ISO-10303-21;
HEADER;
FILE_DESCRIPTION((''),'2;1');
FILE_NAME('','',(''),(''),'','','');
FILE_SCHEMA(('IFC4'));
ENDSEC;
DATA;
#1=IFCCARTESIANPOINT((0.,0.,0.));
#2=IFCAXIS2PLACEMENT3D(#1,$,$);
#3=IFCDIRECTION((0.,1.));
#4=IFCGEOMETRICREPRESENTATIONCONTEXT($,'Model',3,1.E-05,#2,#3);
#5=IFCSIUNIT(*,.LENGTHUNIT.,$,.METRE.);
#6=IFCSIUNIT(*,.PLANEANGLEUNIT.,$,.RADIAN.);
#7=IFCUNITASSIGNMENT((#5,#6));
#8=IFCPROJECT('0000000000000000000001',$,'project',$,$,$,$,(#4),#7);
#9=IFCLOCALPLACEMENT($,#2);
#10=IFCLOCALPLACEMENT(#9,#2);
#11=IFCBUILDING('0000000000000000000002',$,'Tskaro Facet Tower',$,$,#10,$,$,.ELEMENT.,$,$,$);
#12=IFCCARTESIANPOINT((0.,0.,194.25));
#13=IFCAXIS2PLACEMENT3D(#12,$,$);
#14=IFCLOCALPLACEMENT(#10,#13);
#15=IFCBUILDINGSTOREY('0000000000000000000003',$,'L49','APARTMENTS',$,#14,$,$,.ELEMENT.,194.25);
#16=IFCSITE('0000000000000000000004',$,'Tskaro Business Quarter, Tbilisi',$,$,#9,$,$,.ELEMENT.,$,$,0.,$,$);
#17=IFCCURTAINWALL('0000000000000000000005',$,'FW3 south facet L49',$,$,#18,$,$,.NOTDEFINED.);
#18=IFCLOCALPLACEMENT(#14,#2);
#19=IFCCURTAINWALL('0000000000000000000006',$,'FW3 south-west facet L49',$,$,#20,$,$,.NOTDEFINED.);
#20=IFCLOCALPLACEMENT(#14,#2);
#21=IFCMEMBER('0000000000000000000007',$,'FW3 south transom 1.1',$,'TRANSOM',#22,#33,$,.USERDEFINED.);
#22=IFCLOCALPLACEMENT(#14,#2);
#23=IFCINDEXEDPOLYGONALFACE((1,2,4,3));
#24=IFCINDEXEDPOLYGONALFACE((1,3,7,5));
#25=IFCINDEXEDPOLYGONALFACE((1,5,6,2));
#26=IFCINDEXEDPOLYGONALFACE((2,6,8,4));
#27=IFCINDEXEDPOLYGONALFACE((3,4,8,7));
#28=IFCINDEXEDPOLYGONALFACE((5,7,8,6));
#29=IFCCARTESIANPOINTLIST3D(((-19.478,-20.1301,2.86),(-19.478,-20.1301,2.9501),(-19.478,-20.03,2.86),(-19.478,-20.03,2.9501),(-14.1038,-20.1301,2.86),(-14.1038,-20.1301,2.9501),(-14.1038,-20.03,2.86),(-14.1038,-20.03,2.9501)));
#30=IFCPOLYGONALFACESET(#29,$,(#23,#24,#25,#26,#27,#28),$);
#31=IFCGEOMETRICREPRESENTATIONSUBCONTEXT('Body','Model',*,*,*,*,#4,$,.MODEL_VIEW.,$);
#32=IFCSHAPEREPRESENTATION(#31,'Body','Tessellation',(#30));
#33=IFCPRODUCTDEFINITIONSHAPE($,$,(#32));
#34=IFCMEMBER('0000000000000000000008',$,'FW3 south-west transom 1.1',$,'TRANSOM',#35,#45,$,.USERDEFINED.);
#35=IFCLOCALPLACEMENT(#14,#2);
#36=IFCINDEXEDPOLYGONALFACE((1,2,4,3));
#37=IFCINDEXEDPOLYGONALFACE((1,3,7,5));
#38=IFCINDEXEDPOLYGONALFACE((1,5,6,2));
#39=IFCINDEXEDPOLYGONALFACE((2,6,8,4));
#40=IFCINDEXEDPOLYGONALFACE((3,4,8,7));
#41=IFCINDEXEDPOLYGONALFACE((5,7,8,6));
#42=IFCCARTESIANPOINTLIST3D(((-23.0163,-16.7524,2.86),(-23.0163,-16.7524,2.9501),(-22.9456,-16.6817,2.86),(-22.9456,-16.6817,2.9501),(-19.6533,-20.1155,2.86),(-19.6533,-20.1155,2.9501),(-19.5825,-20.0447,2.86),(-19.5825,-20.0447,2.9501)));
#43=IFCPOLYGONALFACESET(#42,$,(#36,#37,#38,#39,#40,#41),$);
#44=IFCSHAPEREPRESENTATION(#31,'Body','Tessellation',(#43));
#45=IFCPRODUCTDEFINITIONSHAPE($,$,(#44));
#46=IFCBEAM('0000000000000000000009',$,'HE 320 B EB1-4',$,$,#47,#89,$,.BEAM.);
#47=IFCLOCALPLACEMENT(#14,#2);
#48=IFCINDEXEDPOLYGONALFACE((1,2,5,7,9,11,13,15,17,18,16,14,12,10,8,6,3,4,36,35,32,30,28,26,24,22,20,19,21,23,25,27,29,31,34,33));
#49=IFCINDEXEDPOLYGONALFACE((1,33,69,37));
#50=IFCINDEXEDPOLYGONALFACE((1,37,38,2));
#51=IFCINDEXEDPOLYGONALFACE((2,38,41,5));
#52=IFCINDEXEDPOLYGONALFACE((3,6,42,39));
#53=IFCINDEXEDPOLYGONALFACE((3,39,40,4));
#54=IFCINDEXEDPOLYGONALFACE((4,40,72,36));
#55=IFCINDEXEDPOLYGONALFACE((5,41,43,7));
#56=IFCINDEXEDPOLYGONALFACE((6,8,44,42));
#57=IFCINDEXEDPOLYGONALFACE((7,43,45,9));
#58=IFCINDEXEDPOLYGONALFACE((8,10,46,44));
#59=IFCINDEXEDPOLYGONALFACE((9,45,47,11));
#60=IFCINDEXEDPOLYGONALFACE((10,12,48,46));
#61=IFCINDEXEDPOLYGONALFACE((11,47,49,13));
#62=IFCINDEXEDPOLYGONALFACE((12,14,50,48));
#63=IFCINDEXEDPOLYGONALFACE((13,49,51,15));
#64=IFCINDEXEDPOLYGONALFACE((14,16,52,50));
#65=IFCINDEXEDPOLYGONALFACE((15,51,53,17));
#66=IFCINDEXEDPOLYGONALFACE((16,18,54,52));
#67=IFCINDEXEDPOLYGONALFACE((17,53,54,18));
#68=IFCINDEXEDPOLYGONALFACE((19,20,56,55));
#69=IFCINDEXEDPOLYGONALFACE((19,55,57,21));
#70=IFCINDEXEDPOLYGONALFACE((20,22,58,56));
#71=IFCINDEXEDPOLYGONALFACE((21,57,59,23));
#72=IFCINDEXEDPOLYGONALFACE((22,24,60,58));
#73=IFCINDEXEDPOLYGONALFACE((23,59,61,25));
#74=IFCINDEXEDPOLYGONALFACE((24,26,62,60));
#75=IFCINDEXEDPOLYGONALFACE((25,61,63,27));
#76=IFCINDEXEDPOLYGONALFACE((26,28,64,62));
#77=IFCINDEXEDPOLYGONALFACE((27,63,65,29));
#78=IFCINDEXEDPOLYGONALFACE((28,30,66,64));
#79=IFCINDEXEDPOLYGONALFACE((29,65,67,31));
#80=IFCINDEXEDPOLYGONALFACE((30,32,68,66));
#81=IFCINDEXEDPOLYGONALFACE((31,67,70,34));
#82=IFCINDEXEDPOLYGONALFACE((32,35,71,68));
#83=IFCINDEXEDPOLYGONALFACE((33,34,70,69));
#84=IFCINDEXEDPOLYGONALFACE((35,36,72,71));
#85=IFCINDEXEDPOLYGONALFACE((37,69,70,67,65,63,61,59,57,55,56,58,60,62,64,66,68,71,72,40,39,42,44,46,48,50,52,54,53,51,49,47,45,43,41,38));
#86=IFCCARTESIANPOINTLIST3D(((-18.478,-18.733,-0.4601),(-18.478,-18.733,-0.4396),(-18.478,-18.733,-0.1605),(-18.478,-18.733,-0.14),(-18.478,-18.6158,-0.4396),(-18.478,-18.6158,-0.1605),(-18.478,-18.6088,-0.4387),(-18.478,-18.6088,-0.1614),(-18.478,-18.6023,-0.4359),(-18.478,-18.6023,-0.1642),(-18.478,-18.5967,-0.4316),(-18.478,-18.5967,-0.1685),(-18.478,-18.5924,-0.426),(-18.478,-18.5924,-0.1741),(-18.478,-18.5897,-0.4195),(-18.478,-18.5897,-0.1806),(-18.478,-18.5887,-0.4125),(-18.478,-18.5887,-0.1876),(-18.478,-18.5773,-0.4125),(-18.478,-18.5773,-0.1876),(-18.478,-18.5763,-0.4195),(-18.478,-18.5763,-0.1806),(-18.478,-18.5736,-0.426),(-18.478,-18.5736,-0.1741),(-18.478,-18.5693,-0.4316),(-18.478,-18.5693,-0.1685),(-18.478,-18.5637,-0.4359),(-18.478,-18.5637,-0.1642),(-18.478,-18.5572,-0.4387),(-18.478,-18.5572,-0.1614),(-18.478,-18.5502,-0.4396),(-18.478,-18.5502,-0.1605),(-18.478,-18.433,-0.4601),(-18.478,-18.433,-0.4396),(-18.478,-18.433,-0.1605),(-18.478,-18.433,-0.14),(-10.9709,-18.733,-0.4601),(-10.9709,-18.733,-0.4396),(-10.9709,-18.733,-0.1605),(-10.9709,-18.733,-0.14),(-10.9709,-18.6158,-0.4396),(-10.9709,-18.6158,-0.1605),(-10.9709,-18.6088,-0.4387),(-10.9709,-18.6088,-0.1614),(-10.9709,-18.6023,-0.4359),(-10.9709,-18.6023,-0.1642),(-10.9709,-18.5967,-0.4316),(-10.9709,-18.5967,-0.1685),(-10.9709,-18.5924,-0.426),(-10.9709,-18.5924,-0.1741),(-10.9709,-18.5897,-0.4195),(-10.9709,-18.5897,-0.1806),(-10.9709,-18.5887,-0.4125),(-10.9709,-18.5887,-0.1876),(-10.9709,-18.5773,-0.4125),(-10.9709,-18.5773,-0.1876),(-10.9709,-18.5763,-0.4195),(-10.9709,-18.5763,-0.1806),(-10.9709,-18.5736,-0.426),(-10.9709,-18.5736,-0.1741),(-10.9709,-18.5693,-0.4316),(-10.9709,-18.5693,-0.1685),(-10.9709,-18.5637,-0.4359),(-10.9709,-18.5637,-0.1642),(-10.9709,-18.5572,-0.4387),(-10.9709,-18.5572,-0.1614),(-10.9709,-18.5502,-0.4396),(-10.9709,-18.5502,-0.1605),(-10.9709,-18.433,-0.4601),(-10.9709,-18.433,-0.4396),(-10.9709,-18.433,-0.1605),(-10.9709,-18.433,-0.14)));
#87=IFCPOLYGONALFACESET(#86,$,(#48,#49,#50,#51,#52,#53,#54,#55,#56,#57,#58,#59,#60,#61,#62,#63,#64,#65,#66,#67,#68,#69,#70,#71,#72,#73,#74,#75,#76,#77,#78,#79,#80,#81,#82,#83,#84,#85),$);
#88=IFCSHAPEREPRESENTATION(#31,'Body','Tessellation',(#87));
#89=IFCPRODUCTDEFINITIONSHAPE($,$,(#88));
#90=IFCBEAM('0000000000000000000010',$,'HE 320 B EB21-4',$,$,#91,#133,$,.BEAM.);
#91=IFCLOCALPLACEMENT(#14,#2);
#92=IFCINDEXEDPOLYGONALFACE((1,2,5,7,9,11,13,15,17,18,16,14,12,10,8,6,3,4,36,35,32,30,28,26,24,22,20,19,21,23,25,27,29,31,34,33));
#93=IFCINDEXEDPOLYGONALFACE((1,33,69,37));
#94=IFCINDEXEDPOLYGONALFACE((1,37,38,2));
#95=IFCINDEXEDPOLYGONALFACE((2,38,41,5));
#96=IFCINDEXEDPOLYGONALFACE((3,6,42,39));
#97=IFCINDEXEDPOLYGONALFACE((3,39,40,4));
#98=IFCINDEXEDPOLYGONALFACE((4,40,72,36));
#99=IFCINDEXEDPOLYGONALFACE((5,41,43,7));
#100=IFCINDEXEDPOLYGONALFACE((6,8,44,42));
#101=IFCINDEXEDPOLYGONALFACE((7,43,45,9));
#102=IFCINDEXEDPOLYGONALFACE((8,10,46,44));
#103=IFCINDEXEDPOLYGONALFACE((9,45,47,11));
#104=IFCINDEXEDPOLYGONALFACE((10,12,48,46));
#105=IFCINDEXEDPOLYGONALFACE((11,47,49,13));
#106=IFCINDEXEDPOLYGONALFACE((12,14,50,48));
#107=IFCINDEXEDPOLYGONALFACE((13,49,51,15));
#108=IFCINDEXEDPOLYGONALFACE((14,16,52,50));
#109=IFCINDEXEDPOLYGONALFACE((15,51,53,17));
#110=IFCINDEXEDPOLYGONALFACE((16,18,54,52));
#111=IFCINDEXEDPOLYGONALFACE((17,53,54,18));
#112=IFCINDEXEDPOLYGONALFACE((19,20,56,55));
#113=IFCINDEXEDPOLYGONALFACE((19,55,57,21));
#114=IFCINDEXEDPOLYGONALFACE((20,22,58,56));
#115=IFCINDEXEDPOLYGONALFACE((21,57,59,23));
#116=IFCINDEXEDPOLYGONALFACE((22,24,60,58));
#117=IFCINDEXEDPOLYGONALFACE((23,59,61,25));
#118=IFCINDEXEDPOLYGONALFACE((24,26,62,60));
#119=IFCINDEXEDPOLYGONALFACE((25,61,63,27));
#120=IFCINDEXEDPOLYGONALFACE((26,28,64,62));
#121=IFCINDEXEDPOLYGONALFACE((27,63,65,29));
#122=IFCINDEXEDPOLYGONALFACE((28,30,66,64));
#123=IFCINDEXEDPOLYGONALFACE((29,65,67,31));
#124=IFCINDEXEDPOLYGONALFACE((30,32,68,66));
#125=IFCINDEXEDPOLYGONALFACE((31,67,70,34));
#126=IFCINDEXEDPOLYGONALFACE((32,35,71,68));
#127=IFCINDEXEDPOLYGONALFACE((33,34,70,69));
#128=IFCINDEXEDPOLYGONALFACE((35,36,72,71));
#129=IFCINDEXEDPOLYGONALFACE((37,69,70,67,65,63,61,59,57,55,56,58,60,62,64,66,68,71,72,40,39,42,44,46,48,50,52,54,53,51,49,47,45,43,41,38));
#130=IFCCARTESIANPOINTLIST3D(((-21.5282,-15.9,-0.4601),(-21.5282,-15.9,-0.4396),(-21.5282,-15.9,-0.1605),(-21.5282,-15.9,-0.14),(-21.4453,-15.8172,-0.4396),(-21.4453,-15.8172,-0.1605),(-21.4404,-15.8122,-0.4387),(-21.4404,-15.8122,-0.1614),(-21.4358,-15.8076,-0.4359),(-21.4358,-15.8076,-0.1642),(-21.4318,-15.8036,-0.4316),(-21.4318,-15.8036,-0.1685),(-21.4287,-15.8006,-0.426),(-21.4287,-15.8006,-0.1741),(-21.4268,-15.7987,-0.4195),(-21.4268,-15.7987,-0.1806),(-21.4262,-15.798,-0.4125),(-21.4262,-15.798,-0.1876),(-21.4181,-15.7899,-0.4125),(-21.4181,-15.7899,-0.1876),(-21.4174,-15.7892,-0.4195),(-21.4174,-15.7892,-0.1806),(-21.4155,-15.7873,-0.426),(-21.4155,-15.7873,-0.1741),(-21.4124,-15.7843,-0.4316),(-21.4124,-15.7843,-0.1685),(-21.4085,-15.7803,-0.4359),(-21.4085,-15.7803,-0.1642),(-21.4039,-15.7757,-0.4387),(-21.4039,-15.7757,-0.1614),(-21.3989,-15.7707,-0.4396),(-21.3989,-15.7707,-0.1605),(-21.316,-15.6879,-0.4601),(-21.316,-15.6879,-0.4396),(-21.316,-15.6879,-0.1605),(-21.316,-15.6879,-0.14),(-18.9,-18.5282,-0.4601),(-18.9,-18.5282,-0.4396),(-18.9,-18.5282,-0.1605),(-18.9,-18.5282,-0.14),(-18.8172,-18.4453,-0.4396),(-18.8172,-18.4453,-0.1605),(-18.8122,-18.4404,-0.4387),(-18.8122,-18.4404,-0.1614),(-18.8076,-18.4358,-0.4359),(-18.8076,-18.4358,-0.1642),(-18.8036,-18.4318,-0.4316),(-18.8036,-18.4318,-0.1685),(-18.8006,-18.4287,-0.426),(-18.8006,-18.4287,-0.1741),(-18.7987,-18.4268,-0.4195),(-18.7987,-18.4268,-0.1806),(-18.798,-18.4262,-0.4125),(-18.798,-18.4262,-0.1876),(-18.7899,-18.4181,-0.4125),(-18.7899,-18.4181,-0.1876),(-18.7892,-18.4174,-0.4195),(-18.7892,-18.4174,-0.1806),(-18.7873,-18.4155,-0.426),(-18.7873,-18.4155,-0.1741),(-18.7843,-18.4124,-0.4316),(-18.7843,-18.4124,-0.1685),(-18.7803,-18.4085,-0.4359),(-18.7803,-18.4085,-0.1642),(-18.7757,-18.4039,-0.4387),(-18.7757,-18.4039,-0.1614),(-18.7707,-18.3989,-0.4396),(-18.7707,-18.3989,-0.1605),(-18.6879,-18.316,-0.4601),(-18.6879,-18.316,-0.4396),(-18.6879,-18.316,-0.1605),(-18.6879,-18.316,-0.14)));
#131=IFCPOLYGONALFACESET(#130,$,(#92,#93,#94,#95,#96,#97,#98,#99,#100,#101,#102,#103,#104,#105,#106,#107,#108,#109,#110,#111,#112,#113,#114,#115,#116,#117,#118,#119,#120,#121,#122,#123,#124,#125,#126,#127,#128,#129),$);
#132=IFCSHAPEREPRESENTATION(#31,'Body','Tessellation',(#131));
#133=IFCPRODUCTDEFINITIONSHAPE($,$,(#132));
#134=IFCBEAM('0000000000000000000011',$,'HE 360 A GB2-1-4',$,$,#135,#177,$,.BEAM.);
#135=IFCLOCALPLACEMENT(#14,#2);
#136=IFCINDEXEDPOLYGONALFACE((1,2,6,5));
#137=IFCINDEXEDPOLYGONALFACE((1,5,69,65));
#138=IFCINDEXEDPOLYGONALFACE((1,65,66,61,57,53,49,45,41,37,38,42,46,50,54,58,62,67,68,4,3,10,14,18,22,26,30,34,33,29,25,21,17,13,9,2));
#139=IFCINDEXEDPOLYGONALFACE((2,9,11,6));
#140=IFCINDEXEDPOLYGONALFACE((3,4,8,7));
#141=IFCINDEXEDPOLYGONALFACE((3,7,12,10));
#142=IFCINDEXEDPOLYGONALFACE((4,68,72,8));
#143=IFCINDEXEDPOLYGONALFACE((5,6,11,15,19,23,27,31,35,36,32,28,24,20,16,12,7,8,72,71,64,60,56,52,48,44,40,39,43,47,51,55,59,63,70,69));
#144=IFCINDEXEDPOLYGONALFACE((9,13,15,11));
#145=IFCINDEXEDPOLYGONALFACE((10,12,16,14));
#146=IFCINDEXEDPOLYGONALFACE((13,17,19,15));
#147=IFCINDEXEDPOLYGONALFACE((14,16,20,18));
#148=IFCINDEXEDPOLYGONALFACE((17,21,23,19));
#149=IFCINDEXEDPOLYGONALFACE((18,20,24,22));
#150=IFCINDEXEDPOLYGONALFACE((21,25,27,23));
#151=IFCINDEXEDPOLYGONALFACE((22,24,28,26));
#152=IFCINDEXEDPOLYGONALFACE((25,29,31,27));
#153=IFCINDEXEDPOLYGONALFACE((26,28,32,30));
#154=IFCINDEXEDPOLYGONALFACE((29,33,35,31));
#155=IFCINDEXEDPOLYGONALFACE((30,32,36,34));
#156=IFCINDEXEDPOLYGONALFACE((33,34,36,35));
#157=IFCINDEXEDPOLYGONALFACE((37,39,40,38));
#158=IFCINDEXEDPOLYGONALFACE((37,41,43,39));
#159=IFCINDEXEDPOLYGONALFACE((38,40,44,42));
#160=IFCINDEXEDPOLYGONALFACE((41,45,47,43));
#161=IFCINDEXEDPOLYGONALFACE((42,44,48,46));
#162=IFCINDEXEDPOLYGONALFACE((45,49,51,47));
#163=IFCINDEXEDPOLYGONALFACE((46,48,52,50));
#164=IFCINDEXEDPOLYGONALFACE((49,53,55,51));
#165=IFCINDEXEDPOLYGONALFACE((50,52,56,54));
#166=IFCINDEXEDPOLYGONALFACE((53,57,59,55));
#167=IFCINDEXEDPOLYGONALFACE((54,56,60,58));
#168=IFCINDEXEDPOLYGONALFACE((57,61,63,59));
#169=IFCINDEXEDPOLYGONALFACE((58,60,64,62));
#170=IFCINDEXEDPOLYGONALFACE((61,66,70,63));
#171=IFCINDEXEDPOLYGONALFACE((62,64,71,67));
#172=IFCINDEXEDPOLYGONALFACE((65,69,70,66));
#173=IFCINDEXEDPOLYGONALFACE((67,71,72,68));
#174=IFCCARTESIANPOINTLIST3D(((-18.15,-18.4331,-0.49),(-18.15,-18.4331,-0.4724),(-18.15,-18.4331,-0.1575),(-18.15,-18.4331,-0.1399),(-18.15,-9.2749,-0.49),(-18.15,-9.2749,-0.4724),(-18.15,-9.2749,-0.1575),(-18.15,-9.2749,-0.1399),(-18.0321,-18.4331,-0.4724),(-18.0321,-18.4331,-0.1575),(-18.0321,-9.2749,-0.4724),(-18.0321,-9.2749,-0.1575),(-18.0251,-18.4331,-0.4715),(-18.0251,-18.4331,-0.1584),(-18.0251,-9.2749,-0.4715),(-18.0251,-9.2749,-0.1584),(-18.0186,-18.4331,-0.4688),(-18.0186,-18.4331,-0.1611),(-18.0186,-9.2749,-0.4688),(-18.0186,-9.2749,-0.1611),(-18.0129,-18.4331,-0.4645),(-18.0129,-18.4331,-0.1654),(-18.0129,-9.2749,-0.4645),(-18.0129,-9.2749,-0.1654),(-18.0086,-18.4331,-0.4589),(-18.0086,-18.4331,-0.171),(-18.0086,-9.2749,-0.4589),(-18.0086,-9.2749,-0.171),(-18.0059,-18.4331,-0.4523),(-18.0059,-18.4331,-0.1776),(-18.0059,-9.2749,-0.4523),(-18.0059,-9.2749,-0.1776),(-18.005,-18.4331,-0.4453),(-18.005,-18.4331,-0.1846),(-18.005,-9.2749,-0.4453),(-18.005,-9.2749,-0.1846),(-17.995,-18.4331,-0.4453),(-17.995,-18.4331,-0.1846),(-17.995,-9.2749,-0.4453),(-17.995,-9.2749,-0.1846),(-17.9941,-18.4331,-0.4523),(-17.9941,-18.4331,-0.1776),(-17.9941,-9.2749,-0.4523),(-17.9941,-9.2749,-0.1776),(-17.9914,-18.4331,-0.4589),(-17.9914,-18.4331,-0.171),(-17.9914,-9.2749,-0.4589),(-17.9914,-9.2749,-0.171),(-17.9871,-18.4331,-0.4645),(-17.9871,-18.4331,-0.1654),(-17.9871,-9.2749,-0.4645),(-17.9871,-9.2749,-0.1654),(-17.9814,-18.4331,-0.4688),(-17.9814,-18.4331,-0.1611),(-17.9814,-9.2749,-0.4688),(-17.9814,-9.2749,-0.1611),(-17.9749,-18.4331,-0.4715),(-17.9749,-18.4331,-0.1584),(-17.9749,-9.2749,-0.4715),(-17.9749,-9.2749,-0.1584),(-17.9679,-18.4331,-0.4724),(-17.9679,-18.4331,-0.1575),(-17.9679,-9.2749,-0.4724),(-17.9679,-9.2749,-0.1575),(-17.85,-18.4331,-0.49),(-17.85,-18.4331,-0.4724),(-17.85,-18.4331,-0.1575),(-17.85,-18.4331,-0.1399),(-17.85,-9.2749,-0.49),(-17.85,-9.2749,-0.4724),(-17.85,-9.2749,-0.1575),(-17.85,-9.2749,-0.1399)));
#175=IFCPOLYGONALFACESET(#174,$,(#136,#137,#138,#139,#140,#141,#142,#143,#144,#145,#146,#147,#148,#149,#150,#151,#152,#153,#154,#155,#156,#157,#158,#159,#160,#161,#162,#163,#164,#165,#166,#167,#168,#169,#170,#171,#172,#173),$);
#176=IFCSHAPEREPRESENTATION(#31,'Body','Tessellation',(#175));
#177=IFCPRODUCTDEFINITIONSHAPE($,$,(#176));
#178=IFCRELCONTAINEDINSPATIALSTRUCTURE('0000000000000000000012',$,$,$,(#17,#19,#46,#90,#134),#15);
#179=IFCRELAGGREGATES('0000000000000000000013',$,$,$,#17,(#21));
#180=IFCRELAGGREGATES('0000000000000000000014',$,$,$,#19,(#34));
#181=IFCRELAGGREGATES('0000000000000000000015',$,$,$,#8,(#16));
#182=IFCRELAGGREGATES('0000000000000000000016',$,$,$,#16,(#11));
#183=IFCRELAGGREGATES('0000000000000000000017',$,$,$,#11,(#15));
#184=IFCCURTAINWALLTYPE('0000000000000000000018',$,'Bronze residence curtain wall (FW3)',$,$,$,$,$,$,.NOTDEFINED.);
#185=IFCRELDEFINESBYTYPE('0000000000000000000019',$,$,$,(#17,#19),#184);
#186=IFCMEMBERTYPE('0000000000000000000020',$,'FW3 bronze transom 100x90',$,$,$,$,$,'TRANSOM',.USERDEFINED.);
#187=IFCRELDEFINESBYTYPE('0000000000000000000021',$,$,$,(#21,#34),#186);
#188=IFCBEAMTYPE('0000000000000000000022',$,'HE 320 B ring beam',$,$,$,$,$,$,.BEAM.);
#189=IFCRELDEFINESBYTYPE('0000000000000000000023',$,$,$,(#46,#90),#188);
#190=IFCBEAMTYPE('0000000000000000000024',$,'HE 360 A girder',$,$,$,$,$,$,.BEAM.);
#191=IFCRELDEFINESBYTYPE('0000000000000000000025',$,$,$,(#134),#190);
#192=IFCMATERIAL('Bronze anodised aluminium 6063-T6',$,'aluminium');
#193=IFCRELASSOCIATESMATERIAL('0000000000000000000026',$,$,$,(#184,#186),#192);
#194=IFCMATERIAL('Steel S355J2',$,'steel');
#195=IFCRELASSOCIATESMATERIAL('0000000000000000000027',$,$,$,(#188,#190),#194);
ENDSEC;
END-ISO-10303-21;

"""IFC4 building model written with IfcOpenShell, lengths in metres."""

from ifc_helpers import new_model, si_unit, direction, frame, origin, origin_2d, place, context, subcontext, project, spatial, rectangle, i_section, extrude, material, material_profile, profile_set, type_object, element, aggregate, save


model = new_model("IFC4")

# Units and contexts
model_context = context("Model", 3, precision=1e-05, world=origin(), true_north=direction((0.0, 1.0)))
body_context = subcontext(model_context, "Body", "Model", "MODEL_VIEW")
ifc_project = project(units=[si_unit("LENGTHUNIT", "METRE"), si_unit("PLANEANGLEUNIT", "RADIAN")], contexts=[model_context])

# Site, building, storey
site_placement = place(None, origin())
site = spatial("IfcSite", under=ifc_project, at=site_placement, Name="Tskaro Business Quarter, Tbilisi", CompositionType="ELEMENT", RefElevation=0.0)
building_placement = place(site_placement, origin())
building = spatial("IfcBuilding", under=site, at=building_placement, Name="Tskaro Facet Tower", CompositionType="ELEMENT")
storey_placement = place(building_placement, frame((0.0, 0.0, 194.25)))
storey = spatial("IfcBuildingStorey", under=building, at=storey_placement, Name="L49", Description="APARTMENTS", CompositionType="ELEMENT", Elevation=194.25)

# Curtain walls
ifc_material_1 = material(Name="Bronze anodised aluminium 6063-T6", Category="aluminium")
curtain_wall_type = type_object("IfcCurtainWallType", Name="Bronze residence curtain wall (FW3)", PredefinedType="NOTDEFINED", material=ifc_material_1)
curtain_wall_1_placement = place(storey_placement, origin())
curtain_wall_1 = element("IfcCurtainWall", 1, at=curtain_wall_1_placement, inside=storey, type_object=curtain_wall_type, Name="FW3 south facet L49", PredefinedType="NOTDEFINED")
curtain_wall_2_placement = place(storey_placement, origin())
curtain_wall_2 = element("IfcCurtainWall", 2, at=curtain_wall_2_placement, inside=storey, type_object=curtain_wall_type, Name="FW3 south-west facet L49", PredefinedType="NOTDEFINED")

# Members
ifc_material_profile_1 = material_profile(ifc_material_1, rectangle(XDim=0.1001, YDim=0.0901, at=origin_2d()), Name="Transom 100x90")
ifc_profile_set_1 = profile_set([ifc_material_profile_1], Name="Bronze anodised aluminium 6063-T6")
member_type_1 = type_object("IfcMemberType", Name="FW3 bronze transom 100x90", ElementType="TRANSOM", PredefinedType="USERDEFINED", material=ifc_profile_set_1)
member_1_placement = place(storey_placement, frame((-19.478, -20.0801, 2.905), z_axis=(1.0, 0.0, 0.0), x_axis=(0.0, 1.0, 0.0)))
member_1 = element("IfcMember", 3, at=member_1_placement, type_object=member_type_1, Name="FW3 south transom 1.1", ObjectType="TRANSOM", PredefinedType="USERDEFINED", context=body_context, shape_type="SweptSolid", body=[
    extrude(rectangle(XDim=0.1001, YDim=0.0901, at=origin_2d()), origin(), (0.0, 0.0, 1.0), 5.3743),
])
aggregate(curtain_wall_1, [member_1])
member_2_placement = place(storey_placement, frame((-22.981, -16.717, 2.905), z_axis=(0.707107, -0.707107, 0.0), x_axis=(0.707107, 0.707107, 0.0)))
member_2 = element("IfcMember", 4, at=member_2_placement, type_object=member_type_1, Name="FW3 south-west transom 1.1", ObjectType="TRANSOM", PredefinedType="USERDEFINED", context=body_context, shape_type="SweptSolid", body=[
    extrude(rectangle(XDim=0.1001, YDim=0.0901, at=origin_2d()), origin(), (0.0, 0.0, 1.0), 4.7561),
])

# Beams
ifc_material_2 = material(Name="Steel S355J2", Category="steel")
ifc_material_profile_2 = material_profile(ifc_material_2, i_section(OverallWidth=0.3, OverallDepth=0.3201, WebThickness=0.0115, FlangeThickness=0.0205, FilletRadius=0.0271, at=origin_2d()), Name="HE 320 B")
ifc_profile_set_2 = profile_set([ifc_material_profile_2], Name="Steel S355J2")
beam_type_1 = type_object("IfcBeamType", Name="HE 320 B ring beam", PredefinedType="BEAM", material=ifc_profile_set_2)
beam_1_placement = place(storey_placement, frame((-18.478, -18.583, -0.3), z_axis=(1.0, 0.0, 0.0), x_axis=(0.0, 1.0, 0.0)))
element("IfcBeam", 5, at=beam_1_placement, inside=storey, type_object=beam_type_1, Name="HE 320 B EB1-4", PredefinedType="BEAM", context=body_context, shape_type="SweptSolid", body=[
    extrude(i_section(OverallWidth=0.3, OverallDepth=0.3201, WebThickness=0.0115, FlangeThickness=0.0205, FilletRadius=0.0271, at=origin_2d()), origin(), (0.0, 0.0, 1.0), 7.5071),
])
beam_2_placement = place(storey_placement, frame((-21.4221, -15.7939, -0.3), z_axis=(0.707107, -0.707107, 0.0), x_axis=(0.707107, 0.707107, 0.0)))
element("IfcBeam", 6, at=beam_2_placement, inside=storey, type_object=beam_type_1, Name="HE 320 B EB21-4", PredefinedType="BEAM", context=body_context, shape_type="SweptSolid", body=[
    extrude(i_section(OverallWidth=0.3, OverallDepth=0.3201, WebThickness=0.0115, FlangeThickness=0.0205, FilletRadius=0.0271, at=origin_2d()), origin(), (0.0, 0.0, 1.0), 3.7168),
])
ifc_material_profile_3 = material_profile(ifc_material_2, i_section(OverallWidth=0.3, OverallDepth=0.3501, WebThickness=0.01, FlangeThickness=0.0176, FilletRadius=0.0271, at=origin_2d()), Name="HE 360 A")
ifc_profile_set_3 = profile_set([ifc_material_profile_3], Name="Steel S355J2")
beam_type_2 = type_object("IfcBeamType", Name="HE 360 A girder", PredefinedType="BEAM", material=ifc_profile_set_3)
beam_3_placement = place(storey_placement, frame((-18.0, -18.4331, -0.3149), z_axis=(0.0, 1.0, 0.0), x_axis=(-1.0, 0.0, 0.0)))
element("IfcBeam", 7, at=beam_3_placement, inside=storey, type_object=beam_type_2, Name="HE 360 A GB2-1-4", PredefinedType="BEAM", context=body_context, shape_type="SweptSolid", body=[
    extrude(i_section(OverallWidth=0.3, OverallDepth=0.3501, WebThickness=0.01, FlangeThickness=0.0176, FilletRadius=0.0271, at=origin_2d()), origin(), (0.0, 0.0, 1.0), 9.1582),
])

aggregate(curtain_wall_2, [member_2])

save(model, "model.ifc")
